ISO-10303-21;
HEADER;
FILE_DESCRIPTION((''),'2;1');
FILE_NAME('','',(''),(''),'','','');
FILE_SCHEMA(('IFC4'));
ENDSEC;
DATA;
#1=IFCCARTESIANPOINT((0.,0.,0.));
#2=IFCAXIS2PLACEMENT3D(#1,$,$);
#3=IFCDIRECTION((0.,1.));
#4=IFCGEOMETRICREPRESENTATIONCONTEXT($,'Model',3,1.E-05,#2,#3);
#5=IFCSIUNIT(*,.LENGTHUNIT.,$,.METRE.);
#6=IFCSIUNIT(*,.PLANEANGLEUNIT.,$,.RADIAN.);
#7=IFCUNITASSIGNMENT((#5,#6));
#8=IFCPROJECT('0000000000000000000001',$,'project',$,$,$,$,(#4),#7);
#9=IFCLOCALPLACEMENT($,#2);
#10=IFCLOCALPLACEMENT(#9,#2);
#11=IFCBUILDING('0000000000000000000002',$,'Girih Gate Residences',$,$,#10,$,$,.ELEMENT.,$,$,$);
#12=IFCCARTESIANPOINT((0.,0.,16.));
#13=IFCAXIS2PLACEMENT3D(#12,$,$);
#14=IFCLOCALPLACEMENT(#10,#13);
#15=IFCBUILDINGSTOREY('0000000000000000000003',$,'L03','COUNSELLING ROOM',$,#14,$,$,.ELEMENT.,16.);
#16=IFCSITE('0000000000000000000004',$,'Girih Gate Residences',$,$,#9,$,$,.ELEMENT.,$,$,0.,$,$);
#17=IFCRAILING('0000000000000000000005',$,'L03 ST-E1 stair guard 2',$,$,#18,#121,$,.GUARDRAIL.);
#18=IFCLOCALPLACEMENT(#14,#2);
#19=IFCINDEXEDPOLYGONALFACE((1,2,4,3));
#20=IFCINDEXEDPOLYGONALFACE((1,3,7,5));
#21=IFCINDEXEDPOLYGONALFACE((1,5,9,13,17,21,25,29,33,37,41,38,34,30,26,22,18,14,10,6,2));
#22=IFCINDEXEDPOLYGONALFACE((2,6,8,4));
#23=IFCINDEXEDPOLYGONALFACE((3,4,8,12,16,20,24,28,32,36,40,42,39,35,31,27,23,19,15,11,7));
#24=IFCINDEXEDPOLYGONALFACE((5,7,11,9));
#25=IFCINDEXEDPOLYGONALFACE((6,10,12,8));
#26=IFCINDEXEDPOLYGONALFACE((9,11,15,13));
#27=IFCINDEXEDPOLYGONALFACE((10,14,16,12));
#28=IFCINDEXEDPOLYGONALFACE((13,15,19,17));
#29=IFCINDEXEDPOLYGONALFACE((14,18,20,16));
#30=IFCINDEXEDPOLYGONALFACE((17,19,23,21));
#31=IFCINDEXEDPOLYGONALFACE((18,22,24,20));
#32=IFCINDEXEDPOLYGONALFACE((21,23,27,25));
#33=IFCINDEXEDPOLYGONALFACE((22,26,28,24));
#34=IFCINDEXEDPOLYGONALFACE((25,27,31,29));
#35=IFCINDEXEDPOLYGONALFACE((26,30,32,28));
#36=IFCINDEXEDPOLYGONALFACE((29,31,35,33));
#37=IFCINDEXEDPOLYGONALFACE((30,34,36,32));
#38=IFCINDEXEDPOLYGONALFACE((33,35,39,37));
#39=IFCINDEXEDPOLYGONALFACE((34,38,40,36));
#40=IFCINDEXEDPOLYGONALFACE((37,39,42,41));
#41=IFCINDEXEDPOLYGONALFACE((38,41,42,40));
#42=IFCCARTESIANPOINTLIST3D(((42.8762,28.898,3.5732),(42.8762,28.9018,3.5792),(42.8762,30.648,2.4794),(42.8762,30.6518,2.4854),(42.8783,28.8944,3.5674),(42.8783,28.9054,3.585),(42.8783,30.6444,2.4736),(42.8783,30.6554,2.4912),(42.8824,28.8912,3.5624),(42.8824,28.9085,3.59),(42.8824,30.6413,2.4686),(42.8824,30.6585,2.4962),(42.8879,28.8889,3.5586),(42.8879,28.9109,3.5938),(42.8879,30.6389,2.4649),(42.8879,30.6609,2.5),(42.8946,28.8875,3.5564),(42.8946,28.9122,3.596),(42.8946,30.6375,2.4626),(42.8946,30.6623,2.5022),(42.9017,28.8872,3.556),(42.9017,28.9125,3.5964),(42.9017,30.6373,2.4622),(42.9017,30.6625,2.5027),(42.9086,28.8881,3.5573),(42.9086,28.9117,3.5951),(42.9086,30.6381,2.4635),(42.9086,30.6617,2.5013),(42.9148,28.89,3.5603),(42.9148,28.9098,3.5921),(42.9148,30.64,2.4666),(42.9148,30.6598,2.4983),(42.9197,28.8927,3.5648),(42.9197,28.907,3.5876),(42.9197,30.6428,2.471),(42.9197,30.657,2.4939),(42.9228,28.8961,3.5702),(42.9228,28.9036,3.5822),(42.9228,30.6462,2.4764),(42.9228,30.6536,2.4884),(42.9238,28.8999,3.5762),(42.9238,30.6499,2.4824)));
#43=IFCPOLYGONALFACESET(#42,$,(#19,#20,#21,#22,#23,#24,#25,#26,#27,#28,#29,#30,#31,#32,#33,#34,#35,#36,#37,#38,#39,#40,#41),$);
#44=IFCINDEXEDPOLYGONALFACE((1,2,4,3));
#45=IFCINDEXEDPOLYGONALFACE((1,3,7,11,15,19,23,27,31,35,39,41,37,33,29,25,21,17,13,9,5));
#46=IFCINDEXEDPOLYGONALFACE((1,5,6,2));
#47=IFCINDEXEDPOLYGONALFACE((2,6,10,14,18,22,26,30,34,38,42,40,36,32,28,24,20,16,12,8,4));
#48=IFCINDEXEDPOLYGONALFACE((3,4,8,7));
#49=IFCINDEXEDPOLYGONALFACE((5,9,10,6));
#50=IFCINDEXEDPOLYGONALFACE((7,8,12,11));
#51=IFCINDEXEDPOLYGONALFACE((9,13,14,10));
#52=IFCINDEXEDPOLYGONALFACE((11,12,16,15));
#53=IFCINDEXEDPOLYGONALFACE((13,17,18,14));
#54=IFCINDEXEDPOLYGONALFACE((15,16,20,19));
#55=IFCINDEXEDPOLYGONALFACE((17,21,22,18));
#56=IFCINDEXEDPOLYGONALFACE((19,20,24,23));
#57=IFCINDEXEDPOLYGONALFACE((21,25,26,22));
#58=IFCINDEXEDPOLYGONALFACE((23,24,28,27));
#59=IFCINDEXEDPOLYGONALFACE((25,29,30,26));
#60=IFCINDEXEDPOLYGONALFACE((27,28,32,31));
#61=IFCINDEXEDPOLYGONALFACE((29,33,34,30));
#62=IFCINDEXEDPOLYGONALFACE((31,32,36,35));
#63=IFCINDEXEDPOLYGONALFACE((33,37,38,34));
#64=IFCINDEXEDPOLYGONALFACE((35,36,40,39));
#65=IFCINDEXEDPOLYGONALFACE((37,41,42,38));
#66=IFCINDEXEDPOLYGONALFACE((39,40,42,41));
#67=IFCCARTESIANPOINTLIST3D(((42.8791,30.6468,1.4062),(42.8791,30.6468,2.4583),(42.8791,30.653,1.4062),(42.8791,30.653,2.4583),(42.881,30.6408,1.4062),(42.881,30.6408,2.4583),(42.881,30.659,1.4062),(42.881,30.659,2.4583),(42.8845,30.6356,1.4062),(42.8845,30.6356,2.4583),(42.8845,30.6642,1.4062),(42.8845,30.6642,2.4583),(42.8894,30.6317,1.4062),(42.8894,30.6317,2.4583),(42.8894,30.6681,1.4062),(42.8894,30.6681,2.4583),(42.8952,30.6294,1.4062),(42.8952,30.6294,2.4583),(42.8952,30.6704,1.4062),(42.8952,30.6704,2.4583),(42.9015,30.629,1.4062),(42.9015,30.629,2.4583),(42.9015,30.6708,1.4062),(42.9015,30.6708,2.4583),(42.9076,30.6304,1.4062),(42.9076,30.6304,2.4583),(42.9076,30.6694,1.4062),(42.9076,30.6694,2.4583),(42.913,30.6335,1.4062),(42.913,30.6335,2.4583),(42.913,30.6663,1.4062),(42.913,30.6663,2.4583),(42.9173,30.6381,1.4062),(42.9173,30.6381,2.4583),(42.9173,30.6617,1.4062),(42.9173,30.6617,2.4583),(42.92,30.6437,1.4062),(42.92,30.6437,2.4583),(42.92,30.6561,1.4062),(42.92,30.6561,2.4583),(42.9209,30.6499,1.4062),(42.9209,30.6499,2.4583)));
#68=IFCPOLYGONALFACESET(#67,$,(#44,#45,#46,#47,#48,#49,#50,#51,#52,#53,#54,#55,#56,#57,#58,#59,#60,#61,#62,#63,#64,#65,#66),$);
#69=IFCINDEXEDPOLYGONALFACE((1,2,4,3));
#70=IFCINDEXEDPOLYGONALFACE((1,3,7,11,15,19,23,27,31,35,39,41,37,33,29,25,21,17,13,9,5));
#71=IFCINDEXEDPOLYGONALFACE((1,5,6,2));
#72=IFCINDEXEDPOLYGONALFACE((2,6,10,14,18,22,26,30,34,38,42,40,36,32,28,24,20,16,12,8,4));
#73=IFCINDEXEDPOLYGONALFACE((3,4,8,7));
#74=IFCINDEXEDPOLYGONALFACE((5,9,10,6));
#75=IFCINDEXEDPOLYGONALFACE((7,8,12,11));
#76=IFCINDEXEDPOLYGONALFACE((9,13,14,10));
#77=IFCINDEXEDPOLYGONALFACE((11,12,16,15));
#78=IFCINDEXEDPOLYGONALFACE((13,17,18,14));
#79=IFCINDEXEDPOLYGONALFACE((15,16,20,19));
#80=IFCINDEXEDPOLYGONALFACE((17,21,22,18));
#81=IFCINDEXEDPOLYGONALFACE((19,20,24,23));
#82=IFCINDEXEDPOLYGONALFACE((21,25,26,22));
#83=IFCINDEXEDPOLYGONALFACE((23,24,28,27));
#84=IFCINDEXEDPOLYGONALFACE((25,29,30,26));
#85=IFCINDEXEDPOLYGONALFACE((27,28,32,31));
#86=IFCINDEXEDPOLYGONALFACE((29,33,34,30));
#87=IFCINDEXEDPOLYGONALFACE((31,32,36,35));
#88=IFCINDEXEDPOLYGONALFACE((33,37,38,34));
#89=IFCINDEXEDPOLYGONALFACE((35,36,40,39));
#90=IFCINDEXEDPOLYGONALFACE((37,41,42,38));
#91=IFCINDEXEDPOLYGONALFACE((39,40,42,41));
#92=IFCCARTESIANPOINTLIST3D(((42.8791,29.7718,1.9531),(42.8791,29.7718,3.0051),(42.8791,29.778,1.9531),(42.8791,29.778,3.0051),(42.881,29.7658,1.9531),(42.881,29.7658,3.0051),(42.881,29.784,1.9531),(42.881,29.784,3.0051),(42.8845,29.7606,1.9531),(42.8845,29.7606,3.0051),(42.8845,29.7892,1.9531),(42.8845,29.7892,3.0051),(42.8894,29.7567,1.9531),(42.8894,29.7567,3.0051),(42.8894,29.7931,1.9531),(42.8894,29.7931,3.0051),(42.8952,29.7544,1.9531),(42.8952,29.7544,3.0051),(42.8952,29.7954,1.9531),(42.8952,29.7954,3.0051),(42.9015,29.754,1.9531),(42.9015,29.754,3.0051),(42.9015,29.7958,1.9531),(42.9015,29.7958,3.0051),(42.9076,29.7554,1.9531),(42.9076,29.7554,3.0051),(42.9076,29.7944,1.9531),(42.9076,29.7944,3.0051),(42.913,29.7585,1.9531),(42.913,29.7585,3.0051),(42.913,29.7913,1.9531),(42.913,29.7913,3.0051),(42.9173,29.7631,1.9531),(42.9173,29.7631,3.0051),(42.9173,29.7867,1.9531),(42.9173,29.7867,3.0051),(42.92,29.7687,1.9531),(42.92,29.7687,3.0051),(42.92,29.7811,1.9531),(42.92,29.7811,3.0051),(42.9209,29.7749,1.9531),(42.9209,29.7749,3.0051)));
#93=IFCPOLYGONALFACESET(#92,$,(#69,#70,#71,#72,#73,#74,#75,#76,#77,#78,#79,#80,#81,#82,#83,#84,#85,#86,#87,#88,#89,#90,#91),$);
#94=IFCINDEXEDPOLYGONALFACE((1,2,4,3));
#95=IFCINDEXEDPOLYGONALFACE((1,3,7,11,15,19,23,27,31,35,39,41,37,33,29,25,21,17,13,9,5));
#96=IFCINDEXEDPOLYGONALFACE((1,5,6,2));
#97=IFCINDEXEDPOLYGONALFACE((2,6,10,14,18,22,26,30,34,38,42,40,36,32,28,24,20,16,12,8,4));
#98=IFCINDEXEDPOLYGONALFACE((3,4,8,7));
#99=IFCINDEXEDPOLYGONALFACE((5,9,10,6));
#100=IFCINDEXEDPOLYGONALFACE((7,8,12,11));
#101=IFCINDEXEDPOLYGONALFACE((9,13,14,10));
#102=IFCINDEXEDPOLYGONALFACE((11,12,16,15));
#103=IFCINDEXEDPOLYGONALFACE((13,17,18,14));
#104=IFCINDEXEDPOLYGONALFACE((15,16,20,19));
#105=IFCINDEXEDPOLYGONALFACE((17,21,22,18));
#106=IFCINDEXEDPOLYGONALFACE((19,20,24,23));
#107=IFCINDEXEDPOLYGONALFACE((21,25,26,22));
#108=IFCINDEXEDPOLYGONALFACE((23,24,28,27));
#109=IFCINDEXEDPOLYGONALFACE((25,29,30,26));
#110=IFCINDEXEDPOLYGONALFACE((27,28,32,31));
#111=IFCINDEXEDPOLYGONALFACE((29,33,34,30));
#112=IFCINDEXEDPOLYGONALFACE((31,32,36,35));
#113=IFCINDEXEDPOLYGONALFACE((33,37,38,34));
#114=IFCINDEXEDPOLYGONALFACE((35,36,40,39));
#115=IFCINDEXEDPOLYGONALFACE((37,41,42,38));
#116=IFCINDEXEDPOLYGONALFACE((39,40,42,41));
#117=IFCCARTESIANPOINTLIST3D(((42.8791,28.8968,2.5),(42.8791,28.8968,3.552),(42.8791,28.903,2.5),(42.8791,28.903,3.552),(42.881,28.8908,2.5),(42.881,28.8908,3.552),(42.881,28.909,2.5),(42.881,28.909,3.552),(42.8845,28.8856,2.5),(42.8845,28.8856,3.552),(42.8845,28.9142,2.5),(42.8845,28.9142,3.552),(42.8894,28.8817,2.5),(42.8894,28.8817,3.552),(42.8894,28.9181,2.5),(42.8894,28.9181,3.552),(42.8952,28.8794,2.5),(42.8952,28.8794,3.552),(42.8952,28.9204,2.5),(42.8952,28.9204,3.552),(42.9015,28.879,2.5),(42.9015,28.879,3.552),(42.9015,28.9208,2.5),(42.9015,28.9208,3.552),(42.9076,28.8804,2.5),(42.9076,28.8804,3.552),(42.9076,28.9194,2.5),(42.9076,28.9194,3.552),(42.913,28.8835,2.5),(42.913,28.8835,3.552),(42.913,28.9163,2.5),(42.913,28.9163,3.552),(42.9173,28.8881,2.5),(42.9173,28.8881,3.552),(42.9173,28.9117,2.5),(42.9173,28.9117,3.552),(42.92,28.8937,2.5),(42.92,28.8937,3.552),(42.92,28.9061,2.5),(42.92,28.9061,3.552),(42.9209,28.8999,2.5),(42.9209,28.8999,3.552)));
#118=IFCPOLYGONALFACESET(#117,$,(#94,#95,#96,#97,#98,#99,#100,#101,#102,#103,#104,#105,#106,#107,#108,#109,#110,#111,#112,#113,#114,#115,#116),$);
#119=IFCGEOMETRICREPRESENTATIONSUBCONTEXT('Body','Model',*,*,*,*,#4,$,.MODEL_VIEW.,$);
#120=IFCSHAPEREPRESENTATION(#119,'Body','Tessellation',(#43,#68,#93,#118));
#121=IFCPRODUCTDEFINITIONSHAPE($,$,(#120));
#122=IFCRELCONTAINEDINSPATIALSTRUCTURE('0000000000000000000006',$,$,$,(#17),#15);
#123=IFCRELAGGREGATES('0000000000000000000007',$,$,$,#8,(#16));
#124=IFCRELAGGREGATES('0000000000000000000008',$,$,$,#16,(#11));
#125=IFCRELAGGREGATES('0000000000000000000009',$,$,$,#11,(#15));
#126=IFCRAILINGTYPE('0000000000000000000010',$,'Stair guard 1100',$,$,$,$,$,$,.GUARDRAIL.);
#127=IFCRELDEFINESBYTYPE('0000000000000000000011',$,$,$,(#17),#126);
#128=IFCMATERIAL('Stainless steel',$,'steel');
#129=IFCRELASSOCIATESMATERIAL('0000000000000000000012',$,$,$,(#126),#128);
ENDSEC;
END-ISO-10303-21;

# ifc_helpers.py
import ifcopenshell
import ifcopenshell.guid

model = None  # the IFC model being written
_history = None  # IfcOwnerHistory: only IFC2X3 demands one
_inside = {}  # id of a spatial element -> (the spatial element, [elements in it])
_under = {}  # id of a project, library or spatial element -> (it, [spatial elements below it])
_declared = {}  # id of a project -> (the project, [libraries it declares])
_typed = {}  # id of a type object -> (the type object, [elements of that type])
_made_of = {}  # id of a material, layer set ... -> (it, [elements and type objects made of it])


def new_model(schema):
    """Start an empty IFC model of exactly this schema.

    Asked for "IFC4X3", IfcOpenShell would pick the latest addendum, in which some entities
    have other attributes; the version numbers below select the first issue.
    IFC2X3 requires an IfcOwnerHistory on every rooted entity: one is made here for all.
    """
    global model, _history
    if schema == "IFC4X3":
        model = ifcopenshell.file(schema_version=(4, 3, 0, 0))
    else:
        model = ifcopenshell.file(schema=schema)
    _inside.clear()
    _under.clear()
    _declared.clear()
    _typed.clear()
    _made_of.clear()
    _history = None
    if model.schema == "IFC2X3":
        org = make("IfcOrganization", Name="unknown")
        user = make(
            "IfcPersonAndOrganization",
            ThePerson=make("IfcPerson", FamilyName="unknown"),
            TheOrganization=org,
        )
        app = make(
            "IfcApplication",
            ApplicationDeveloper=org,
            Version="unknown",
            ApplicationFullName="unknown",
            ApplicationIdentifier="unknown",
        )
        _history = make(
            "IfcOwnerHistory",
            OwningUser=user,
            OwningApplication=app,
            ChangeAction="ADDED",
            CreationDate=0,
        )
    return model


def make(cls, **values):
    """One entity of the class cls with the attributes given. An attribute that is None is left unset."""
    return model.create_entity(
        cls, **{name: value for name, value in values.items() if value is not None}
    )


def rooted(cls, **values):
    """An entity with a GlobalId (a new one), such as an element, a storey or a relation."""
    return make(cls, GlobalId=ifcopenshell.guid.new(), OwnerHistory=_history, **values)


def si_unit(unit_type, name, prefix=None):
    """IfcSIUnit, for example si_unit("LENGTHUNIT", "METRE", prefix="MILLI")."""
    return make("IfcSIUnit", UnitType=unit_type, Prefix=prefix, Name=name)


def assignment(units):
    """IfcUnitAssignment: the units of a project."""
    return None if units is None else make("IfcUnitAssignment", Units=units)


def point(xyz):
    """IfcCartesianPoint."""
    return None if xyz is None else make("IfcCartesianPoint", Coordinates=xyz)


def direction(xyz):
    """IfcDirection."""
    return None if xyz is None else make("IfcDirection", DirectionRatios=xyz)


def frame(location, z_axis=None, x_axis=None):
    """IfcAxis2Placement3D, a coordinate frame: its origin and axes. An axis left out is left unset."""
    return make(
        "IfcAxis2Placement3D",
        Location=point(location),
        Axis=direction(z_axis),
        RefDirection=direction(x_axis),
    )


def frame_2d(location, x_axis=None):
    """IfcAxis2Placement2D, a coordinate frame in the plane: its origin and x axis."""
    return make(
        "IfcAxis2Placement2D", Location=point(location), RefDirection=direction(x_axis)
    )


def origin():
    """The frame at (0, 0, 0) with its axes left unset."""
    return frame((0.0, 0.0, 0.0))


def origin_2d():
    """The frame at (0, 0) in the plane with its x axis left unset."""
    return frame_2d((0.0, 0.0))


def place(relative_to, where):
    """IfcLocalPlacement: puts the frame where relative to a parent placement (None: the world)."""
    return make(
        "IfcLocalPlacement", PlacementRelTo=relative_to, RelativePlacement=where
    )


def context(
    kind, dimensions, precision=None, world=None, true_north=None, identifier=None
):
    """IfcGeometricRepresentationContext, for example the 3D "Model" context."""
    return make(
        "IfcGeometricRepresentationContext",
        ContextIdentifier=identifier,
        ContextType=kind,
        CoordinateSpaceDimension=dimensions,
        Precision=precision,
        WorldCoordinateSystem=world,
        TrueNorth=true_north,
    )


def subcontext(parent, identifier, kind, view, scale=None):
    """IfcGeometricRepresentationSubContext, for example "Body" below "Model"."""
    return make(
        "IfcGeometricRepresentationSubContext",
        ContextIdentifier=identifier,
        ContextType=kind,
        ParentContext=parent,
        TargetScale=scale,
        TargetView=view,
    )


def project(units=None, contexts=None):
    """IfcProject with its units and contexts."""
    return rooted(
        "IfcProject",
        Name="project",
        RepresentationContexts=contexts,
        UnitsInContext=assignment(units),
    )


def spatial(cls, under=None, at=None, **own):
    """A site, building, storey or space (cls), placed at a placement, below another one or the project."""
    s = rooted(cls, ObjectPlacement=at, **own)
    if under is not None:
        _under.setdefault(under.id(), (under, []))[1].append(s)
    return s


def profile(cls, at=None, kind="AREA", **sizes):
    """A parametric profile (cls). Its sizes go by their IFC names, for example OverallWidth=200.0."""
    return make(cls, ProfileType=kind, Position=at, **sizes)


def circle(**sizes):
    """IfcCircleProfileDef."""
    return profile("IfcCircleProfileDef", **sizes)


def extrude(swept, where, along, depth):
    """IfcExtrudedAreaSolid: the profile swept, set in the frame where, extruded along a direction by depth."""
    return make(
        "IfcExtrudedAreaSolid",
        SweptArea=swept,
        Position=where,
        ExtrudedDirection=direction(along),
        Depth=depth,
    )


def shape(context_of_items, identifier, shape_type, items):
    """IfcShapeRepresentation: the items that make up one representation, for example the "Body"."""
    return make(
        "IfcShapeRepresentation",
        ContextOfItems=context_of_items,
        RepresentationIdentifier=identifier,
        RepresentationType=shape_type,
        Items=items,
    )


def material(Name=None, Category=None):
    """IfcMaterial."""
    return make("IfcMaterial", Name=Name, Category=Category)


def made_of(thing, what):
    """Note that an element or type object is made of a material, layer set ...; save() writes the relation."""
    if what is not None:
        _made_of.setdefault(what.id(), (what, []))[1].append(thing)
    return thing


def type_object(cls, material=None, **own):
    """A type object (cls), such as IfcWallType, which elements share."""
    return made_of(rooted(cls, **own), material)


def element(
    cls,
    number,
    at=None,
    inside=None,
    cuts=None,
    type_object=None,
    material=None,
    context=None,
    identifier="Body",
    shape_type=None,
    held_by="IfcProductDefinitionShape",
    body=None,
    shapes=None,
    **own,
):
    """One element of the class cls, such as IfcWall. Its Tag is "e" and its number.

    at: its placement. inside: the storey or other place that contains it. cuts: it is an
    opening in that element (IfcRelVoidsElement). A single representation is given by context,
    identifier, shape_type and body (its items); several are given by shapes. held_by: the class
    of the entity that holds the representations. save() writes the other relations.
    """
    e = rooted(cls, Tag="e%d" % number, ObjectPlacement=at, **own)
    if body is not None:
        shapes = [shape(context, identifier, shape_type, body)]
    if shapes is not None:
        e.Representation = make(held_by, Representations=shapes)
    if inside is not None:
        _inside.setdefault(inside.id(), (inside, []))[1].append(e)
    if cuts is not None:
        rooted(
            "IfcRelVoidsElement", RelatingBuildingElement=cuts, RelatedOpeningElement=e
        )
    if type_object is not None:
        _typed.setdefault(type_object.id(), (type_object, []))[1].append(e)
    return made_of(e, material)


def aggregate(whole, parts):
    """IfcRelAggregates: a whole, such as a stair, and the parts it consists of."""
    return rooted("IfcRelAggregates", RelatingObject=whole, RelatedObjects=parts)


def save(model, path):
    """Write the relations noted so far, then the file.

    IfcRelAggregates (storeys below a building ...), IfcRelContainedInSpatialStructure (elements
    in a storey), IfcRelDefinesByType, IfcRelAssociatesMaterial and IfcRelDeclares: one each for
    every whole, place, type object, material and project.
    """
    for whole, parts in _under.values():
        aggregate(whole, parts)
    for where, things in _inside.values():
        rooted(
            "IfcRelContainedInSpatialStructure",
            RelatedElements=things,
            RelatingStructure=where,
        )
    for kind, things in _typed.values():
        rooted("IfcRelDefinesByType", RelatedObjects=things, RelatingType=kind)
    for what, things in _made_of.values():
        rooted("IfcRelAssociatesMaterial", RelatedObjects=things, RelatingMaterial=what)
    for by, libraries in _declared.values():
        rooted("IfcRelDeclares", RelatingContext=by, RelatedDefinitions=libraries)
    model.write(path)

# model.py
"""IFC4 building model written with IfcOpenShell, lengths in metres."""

from ifc_helpers import new_model, si_unit, direction, frame, origin, origin_2d, place, context, subcontext, project, spatial, circle, extrude, material, type_object, element, save


model = new_model("IFC4")

# Units and contexts
model_context = context("Model", 3, precision=1e-05, world=origin(), true_north=direction((0.0, 1.0)))
body_context = subcontext(model_context, "Body", "Model", "MODEL_VIEW")
ifc_project = project(units=[si_unit("LENGTHUNIT", "METRE"), si_unit("PLANEANGLEUNIT", "RADIAN")], contexts=[model_context])

# Site, building, storey
site_placement = place(None, origin())
site = spatial("IfcSite", under=ifc_project, at=site_placement, Name="Girih Gate Residences", CompositionType="ELEMENT", RefElevation=0.0)
building_placement = place(site_placement, origin())
building = spatial("IfcBuilding", under=site, at=building_placement, Name="Girih Gate Residences", CompositionType="ELEMENT")
storey_placement = place(building_placement, frame((0.0, 0.0, 16.0)))
storey = spatial("IfcBuildingStorey", under=building, at=storey_placement, Name="L03", Description="COUNSELLING ROOM", CompositionType="ELEMENT", Elevation=16.0)

# Railing
ifc_material_1 = material(Name="Stainless steel", Category="steel")
railing_type_1 = type_object("IfcRailingType", Name="Stair guard 1100", PredefinedType="GUARDRAIL", material=ifc_material_1)
railing_1_placement = place(storey_placement, frame((42.8999, 30.6499, 1.4062)))
element("IfcRailing", 1, at=railing_1_placement, inside=storey, type_object=railing_type_1, Name="L03 ST-E1 stair guard 2", PredefinedType="GUARDRAIL", context=body_context, shape_type="SweptSolid", body=[
    extrude(circle(Radius=0.0239, at=origin_2d()), frame((0.0, 0.0, 1.0762), z_axis=(0.0, -0.847998, 0.529999), x_axis=(1.0, 0.0, 0.0)), (0.0, 0.0, 1.0), 2.0637),
    extrude(circle(Radius=0.021, at=origin_2d()), origin(), (0.0, 0.0, 1.0), 1.052),
    extrude(circle(Radius=0.021, at=origin_2d()), frame((0.0, -0.875, 0.5469)), (0.0, 0.0, 1.0), 1.052),
    extrude(circle(Radius=0.021, at=origin_2d()), frame((0.0, -1.75, 1.0938)), (0.0, 0.0, 1.0), 1.052),
])

save(model, "model.ifc")
